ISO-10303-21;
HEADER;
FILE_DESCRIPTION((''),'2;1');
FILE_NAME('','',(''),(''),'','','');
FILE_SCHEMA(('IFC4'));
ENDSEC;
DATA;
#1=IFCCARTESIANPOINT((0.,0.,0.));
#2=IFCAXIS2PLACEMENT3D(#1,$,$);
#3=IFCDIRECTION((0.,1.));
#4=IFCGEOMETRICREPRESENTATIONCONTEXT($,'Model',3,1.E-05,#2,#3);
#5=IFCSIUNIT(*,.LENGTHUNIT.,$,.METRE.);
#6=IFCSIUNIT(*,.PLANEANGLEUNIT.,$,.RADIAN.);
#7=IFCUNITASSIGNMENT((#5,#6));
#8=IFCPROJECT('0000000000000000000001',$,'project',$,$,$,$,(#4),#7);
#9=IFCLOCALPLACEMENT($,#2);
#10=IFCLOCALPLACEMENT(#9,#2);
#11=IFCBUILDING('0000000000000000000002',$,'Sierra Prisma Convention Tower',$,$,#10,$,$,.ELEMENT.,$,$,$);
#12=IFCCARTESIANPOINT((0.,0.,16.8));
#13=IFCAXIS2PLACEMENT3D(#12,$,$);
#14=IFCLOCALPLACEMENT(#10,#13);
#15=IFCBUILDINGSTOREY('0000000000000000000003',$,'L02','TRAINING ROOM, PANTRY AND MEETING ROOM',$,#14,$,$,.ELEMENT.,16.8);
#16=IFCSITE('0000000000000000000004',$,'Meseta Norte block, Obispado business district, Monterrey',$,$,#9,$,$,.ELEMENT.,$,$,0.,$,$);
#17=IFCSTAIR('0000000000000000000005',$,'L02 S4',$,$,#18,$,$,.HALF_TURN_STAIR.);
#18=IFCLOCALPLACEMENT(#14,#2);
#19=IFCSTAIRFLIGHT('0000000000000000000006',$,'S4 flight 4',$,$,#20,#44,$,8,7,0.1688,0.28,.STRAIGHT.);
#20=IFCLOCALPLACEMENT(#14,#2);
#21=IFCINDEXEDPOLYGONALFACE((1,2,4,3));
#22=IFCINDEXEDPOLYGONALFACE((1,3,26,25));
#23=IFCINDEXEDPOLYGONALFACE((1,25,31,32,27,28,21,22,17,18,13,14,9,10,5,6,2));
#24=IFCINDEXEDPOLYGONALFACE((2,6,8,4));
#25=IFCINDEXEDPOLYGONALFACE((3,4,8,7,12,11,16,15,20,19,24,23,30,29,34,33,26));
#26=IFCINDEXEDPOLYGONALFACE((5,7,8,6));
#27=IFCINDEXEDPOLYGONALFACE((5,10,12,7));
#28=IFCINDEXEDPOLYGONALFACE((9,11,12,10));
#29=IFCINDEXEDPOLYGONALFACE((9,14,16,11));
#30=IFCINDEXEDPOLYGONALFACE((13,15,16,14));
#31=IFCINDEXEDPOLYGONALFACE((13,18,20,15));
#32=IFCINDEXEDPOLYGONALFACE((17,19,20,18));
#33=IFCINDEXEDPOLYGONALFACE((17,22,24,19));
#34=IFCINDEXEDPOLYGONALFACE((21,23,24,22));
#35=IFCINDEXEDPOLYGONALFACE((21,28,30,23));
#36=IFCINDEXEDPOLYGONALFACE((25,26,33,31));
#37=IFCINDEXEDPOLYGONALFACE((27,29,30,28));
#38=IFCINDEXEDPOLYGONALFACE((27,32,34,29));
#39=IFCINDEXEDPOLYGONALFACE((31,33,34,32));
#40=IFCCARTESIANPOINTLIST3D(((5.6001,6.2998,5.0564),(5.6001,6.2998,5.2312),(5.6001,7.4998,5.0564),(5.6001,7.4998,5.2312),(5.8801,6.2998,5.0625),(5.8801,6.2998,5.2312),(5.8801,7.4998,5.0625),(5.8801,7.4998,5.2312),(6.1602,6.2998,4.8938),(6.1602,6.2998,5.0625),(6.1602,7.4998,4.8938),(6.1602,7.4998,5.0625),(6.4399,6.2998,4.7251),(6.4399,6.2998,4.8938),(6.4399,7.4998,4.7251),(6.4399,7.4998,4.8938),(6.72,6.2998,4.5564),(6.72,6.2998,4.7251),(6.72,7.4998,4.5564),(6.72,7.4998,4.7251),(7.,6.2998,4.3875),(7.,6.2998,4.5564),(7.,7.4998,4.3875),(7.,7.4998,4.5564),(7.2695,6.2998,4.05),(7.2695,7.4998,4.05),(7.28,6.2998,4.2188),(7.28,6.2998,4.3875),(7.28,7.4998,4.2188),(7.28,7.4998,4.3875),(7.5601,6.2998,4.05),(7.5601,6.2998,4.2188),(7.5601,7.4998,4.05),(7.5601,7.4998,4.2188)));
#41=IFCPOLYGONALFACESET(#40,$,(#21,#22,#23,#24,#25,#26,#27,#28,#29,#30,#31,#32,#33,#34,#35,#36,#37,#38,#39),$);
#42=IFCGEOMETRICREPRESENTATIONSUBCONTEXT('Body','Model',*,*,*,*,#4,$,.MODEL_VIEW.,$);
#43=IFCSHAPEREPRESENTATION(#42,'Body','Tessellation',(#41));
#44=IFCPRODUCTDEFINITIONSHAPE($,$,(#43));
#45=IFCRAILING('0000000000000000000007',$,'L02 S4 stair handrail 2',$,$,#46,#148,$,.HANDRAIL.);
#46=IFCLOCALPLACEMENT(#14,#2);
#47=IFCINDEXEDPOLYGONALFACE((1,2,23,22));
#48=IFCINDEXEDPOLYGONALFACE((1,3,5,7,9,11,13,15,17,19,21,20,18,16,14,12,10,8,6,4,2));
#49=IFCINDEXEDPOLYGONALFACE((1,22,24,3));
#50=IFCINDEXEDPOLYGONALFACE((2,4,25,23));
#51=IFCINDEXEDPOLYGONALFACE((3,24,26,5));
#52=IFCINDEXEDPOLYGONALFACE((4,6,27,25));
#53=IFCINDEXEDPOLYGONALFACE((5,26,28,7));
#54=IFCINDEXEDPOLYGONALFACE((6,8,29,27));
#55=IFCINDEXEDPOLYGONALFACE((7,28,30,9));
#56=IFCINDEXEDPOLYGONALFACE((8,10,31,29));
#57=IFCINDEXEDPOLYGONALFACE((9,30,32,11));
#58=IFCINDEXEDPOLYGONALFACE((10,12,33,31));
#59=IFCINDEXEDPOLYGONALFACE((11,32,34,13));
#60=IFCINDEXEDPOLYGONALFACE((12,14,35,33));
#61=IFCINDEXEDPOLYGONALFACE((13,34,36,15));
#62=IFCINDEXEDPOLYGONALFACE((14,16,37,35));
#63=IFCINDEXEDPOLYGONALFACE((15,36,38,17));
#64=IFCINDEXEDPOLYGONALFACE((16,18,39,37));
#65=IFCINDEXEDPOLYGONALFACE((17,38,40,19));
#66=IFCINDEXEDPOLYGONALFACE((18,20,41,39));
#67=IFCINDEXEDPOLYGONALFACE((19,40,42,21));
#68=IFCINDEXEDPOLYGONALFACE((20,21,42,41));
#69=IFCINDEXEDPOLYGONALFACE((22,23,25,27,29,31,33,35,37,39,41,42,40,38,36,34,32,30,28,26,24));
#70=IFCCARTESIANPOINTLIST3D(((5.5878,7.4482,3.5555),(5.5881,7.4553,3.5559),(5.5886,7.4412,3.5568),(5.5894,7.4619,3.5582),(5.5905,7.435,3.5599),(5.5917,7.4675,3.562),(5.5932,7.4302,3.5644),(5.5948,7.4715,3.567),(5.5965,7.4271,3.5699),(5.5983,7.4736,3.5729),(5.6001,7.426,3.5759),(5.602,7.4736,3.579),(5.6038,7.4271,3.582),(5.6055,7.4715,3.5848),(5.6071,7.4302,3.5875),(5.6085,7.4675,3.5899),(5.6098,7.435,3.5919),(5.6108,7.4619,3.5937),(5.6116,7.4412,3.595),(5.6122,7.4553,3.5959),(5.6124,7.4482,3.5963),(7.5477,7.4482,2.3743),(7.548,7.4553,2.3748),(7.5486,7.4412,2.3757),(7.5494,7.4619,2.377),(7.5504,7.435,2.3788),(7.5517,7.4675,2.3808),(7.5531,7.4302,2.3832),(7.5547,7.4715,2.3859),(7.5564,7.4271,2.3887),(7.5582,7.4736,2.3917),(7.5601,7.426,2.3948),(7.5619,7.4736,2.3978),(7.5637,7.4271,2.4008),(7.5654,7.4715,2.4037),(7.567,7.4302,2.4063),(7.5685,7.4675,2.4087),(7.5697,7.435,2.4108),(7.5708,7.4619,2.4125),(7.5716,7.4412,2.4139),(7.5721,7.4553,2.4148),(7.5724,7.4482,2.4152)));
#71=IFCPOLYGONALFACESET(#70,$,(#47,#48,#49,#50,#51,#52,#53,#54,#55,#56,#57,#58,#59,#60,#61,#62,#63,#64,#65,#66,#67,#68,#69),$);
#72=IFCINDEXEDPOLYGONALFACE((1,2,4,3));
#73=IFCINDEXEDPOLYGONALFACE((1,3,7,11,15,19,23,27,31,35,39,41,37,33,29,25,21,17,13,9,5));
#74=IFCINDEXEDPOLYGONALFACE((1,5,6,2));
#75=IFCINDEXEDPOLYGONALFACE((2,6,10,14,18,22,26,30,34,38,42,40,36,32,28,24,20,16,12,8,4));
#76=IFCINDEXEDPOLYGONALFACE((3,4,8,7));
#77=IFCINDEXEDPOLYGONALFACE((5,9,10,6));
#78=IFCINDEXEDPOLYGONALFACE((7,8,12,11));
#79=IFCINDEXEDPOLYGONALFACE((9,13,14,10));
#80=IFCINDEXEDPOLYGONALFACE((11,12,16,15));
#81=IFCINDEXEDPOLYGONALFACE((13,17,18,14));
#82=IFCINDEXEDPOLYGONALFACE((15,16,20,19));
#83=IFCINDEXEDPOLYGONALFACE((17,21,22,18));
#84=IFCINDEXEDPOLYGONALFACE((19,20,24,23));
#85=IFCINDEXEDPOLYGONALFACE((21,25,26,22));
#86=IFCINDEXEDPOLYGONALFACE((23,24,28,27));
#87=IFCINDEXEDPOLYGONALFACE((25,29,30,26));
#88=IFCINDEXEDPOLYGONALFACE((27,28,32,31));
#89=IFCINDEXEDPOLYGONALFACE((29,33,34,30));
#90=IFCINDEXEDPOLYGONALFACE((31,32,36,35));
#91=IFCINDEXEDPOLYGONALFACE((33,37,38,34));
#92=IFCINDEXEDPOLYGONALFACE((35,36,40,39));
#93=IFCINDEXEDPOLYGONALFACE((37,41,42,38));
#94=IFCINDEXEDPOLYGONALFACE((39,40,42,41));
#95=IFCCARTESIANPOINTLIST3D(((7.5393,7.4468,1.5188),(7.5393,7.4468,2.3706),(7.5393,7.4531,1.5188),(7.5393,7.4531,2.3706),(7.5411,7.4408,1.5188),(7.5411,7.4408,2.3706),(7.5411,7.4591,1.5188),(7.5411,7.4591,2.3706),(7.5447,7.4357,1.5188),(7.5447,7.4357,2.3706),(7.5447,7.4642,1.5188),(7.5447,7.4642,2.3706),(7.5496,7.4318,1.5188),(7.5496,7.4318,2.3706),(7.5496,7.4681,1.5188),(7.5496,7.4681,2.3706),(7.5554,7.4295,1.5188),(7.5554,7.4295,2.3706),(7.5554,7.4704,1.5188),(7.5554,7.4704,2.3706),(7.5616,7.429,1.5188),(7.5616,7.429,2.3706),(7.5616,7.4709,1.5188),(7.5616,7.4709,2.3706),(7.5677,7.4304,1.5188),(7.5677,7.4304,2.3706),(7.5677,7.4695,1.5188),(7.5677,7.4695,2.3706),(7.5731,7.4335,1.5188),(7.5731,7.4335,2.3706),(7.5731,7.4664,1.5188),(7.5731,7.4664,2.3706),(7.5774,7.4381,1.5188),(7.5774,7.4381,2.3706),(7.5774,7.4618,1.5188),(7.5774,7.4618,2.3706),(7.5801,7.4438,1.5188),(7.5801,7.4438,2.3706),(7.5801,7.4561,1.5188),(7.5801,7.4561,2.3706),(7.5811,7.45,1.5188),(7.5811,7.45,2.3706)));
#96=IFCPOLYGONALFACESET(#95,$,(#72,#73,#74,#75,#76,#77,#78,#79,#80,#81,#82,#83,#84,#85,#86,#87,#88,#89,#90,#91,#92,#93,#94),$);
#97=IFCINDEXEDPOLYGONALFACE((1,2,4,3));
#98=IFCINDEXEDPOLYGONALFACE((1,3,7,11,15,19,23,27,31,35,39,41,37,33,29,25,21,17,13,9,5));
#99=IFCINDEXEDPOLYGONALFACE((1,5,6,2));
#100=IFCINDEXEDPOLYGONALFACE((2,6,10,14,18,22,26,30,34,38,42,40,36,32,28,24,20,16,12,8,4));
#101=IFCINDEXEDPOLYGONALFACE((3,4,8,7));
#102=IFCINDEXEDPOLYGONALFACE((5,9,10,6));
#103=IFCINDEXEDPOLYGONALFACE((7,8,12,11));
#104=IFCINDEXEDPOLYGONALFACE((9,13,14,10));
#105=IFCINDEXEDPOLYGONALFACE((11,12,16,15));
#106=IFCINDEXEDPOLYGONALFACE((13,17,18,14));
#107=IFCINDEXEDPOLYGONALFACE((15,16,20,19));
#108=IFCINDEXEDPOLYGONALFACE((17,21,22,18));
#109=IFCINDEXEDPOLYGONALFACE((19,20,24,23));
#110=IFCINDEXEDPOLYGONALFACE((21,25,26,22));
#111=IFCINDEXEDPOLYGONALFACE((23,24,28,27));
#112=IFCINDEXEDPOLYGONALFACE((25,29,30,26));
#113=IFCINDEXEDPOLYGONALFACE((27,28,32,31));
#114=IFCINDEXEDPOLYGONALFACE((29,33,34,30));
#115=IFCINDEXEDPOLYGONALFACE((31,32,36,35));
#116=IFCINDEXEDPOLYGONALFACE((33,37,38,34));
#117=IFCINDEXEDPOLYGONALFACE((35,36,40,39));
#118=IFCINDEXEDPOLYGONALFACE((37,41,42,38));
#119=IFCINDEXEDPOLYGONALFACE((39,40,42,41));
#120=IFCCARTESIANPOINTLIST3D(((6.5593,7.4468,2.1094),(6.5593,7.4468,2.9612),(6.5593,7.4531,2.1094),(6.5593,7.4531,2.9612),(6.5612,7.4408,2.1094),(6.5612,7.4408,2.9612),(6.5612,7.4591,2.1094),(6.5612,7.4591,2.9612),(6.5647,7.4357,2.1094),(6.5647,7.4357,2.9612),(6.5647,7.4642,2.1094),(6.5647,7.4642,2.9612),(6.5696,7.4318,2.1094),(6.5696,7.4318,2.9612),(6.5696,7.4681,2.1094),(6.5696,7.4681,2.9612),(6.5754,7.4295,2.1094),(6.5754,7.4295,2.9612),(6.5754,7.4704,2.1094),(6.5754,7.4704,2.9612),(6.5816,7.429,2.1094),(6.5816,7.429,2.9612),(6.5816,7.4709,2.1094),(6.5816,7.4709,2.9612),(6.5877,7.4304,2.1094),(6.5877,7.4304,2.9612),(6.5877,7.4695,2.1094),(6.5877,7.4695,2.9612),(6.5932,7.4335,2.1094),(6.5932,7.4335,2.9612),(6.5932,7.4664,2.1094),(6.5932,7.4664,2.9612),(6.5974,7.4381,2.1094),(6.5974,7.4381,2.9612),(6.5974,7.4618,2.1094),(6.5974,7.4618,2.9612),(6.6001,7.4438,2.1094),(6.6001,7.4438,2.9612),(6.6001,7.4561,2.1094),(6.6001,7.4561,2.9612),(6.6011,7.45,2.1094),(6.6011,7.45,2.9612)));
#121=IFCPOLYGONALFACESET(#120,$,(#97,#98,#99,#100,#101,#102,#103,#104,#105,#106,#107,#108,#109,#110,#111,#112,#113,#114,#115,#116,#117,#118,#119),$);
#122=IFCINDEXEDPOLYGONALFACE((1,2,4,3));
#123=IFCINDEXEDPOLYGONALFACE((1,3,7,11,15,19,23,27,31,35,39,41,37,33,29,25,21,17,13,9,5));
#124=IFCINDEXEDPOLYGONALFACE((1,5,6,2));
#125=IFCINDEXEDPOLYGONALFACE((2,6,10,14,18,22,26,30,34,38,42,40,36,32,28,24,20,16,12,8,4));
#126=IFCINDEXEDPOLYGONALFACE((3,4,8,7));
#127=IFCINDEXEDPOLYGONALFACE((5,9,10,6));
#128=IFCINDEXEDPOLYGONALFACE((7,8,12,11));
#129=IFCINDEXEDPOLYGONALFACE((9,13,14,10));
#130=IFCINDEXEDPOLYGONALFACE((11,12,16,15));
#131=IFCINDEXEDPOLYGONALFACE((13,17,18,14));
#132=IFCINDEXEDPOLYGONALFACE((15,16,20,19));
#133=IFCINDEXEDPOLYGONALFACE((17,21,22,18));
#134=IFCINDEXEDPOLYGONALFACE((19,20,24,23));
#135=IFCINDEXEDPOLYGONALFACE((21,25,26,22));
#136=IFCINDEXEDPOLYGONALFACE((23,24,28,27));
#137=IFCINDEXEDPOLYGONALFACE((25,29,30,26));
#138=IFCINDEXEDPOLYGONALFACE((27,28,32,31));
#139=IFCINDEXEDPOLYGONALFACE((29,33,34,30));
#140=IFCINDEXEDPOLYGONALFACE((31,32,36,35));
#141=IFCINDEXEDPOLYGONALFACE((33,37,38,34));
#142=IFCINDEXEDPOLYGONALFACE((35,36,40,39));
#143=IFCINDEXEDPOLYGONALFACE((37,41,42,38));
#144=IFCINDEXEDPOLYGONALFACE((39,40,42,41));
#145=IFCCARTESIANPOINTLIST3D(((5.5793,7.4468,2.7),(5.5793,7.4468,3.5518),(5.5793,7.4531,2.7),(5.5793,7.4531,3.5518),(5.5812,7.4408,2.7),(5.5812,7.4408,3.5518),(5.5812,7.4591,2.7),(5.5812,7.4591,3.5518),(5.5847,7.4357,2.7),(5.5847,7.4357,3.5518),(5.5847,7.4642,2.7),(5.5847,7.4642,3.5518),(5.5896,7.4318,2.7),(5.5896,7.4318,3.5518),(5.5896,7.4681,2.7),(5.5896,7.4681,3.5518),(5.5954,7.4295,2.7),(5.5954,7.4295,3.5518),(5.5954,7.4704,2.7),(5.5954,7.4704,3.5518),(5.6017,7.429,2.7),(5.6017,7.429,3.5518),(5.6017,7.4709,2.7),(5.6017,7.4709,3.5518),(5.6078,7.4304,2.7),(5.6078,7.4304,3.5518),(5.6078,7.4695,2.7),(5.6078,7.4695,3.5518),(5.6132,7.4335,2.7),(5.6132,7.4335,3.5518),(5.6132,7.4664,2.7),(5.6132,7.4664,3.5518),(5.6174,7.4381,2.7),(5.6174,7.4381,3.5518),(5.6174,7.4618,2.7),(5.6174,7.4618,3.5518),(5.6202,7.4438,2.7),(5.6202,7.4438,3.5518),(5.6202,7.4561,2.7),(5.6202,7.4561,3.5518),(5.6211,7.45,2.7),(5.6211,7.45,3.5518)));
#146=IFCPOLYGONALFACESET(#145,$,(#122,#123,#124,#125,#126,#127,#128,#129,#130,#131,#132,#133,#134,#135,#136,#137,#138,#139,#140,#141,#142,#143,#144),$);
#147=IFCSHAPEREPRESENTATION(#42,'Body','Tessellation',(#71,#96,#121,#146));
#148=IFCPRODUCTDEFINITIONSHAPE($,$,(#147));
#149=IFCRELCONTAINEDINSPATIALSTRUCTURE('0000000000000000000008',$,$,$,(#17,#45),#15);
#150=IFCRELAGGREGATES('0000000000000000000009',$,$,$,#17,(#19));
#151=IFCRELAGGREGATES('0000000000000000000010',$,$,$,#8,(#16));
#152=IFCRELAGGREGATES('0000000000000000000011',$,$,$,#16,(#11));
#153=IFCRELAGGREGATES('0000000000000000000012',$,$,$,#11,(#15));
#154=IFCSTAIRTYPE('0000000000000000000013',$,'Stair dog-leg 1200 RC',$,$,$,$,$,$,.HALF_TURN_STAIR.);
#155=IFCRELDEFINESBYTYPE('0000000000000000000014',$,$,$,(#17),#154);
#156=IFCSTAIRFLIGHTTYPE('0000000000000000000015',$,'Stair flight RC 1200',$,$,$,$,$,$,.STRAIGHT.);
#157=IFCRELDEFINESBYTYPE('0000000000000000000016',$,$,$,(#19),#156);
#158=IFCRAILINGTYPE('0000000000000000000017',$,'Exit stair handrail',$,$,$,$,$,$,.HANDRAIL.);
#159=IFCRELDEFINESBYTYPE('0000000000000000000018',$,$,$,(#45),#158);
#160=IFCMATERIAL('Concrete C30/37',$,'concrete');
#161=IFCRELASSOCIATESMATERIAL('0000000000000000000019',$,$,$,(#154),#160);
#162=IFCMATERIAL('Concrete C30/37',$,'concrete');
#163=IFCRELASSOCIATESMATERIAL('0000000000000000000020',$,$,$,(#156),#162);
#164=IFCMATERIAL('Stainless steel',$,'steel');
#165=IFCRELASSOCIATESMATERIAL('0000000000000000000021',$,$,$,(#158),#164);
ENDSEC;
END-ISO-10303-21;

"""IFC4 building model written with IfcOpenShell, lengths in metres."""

from ifc_helpers import new_model, si_unit, direction, frame, origin, origin_2d, place, context, subcontext, project, spatial, polyline, circle, outline, extrude, material, type_object, element, aggregate, save


model = new_model("IFC4")

# Units and contexts
model_context = context("Model", 3, precision=1e-05, world=origin(), true_north=direction((0.0, 1.0)))
body_context = subcontext(model_context, "Body", "Model", "MODEL_VIEW")
ifc_project = project(units=[si_unit("LENGTHUNIT", "METRE"), si_unit("PLANEANGLEUNIT", "RADIAN")], contexts=[model_context])

# Site, building, storey
site_placement = place(None, origin())
site = spatial("IfcSite", under=ifc_project, at=site_placement, Name="Meseta Norte block, Obispado business district, Monterrey", CompositionType="ELEMENT", RefElevation=0.0)
building_placement = place(site_placement, origin())
building = spatial("IfcBuilding", under=site, at=building_placement, Name="Sierra Prisma Convention Tower", CompositionType="ELEMENT")
storey_placement = place(building_placement, frame((0.0, 0.0, 16.8)))
storey = spatial("IfcBuildingStorey", under=building, at=storey_placement, Name="L02", Description="TRAINING ROOM, PANTRY AND MEETING ROOM", CompositionType="ELEMENT", Elevation=16.8)

# Stair, stair flight
ifc_material_1 = material(Name="Concrete C30/37", Category="concrete")
stair_type = type_object("IfcStairType", Name="Stair dog-leg 1200 RC", PredefinedType="HALF_TURN_STAIR", material=ifc_material_1)
stair_placement = place(storey_placement, origin())
stair = element("IfcStair", 1, at=stair_placement, inside=storey, type_object=stair_type, Name="L02 S4", PredefinedType="HALF_TURN_STAIR")
ifc_material_2 = material(Name="Concrete C30/37", Category="concrete")
stair_flight_type = type_object("IfcStairFlightType", Name="Stair flight RC 1200", PredefinedType="STRAIGHT", material=ifc_material_2)
stair_flight_1_placement = place(storey_placement, frame((7.5601, 6.8999, 4.05), z_axis=(0.0, 0.0, 1.0), x_axis=(-1.0, 0.0, 0.0)))
stair_flight_1 = element("IfcStairFlight", 2, at=stair_flight_1_placement, type_object=stair_flight_type, Name="S4 flight 4", NumberOfRisers=8, NumberOfTreads=7, PredefinedType="STRAIGHT", RiserHeight=0.1688, TreadLength=0.28, context=body_context, shape_type="SweptSolid", body=[
    extrude(outline(polyline([(0.0, 0.0), (0.0, 0.1687), (0.28, 0.1687), (0.28, 0.3374), (0.5601, 0.3374), (0.5601, 0.5063), (0.8401, 0.5063), (0.8401, 0.675), (1.1201, 0.675), (1.1201, 0.8438), (1.3999, 0.8438), (1.3999, 1.0125), (1.6799, 1.0125), (1.6799, 1.1812), (1.96, 1.1812), (1.96, 1.3501), (1.96, 1.0063), (0.2905, 0.0), (0.0, 0.0)])), frame((0.0, 0.6001, 0.0), z_axis=(0.0, -1.0, 0.0), x_axis=(1.0, 0.0, 0.0)), (0.0, 0.0, 1.0), 1.2),
])
aggregate(stair, [stair_flight_1])

# Railing
ifc_material_3 = material(Name="Stainless steel", Category="steel")
railing_type_1 = type_object("IfcRailingType", Name="Exit stair handrail", PredefinedType="HANDRAIL", material=ifc_material_3)
for number, where, name in (
    (3, (7.5601, 7.45, 1.5188), "L02 S4 stair handrail 2"),
):
    element("IfcRailing", number, at=place(storey_placement, frame(where)), inside=storey, type_object=railing_type_1, Name=name, PredefinedType="HANDRAIL", context=body_context, shape_type="SweptSolid", body=[
        extrude(circle(Radius=0.0239, at=origin_2d()), frame((0.0, 0.0, 0.876), z_axis=(-0.856493, 0.0, 0.516158), x_axis=(0.0, -1.0, 0.0)), (0.0, 0.0, 1.0), 2.2883),
        extrude(circle(Radius=0.021, at=origin_2d()), origin(), (0.0, 0.0, 1.0), 0.8518),
        extrude(circle(Radius=0.021, at=origin_2d()), frame((-0.98, 0.0, 0.5906)), (0.0, 0.0, 1.0), 0.8518),
        extrude(circle(Radius=0.021, at=origin_2d()), frame((-1.96, 0.0, 1.1812)), (0.0, 0.0, 1.0), 0.8518),
    ])

save(model, "model.ifc")
